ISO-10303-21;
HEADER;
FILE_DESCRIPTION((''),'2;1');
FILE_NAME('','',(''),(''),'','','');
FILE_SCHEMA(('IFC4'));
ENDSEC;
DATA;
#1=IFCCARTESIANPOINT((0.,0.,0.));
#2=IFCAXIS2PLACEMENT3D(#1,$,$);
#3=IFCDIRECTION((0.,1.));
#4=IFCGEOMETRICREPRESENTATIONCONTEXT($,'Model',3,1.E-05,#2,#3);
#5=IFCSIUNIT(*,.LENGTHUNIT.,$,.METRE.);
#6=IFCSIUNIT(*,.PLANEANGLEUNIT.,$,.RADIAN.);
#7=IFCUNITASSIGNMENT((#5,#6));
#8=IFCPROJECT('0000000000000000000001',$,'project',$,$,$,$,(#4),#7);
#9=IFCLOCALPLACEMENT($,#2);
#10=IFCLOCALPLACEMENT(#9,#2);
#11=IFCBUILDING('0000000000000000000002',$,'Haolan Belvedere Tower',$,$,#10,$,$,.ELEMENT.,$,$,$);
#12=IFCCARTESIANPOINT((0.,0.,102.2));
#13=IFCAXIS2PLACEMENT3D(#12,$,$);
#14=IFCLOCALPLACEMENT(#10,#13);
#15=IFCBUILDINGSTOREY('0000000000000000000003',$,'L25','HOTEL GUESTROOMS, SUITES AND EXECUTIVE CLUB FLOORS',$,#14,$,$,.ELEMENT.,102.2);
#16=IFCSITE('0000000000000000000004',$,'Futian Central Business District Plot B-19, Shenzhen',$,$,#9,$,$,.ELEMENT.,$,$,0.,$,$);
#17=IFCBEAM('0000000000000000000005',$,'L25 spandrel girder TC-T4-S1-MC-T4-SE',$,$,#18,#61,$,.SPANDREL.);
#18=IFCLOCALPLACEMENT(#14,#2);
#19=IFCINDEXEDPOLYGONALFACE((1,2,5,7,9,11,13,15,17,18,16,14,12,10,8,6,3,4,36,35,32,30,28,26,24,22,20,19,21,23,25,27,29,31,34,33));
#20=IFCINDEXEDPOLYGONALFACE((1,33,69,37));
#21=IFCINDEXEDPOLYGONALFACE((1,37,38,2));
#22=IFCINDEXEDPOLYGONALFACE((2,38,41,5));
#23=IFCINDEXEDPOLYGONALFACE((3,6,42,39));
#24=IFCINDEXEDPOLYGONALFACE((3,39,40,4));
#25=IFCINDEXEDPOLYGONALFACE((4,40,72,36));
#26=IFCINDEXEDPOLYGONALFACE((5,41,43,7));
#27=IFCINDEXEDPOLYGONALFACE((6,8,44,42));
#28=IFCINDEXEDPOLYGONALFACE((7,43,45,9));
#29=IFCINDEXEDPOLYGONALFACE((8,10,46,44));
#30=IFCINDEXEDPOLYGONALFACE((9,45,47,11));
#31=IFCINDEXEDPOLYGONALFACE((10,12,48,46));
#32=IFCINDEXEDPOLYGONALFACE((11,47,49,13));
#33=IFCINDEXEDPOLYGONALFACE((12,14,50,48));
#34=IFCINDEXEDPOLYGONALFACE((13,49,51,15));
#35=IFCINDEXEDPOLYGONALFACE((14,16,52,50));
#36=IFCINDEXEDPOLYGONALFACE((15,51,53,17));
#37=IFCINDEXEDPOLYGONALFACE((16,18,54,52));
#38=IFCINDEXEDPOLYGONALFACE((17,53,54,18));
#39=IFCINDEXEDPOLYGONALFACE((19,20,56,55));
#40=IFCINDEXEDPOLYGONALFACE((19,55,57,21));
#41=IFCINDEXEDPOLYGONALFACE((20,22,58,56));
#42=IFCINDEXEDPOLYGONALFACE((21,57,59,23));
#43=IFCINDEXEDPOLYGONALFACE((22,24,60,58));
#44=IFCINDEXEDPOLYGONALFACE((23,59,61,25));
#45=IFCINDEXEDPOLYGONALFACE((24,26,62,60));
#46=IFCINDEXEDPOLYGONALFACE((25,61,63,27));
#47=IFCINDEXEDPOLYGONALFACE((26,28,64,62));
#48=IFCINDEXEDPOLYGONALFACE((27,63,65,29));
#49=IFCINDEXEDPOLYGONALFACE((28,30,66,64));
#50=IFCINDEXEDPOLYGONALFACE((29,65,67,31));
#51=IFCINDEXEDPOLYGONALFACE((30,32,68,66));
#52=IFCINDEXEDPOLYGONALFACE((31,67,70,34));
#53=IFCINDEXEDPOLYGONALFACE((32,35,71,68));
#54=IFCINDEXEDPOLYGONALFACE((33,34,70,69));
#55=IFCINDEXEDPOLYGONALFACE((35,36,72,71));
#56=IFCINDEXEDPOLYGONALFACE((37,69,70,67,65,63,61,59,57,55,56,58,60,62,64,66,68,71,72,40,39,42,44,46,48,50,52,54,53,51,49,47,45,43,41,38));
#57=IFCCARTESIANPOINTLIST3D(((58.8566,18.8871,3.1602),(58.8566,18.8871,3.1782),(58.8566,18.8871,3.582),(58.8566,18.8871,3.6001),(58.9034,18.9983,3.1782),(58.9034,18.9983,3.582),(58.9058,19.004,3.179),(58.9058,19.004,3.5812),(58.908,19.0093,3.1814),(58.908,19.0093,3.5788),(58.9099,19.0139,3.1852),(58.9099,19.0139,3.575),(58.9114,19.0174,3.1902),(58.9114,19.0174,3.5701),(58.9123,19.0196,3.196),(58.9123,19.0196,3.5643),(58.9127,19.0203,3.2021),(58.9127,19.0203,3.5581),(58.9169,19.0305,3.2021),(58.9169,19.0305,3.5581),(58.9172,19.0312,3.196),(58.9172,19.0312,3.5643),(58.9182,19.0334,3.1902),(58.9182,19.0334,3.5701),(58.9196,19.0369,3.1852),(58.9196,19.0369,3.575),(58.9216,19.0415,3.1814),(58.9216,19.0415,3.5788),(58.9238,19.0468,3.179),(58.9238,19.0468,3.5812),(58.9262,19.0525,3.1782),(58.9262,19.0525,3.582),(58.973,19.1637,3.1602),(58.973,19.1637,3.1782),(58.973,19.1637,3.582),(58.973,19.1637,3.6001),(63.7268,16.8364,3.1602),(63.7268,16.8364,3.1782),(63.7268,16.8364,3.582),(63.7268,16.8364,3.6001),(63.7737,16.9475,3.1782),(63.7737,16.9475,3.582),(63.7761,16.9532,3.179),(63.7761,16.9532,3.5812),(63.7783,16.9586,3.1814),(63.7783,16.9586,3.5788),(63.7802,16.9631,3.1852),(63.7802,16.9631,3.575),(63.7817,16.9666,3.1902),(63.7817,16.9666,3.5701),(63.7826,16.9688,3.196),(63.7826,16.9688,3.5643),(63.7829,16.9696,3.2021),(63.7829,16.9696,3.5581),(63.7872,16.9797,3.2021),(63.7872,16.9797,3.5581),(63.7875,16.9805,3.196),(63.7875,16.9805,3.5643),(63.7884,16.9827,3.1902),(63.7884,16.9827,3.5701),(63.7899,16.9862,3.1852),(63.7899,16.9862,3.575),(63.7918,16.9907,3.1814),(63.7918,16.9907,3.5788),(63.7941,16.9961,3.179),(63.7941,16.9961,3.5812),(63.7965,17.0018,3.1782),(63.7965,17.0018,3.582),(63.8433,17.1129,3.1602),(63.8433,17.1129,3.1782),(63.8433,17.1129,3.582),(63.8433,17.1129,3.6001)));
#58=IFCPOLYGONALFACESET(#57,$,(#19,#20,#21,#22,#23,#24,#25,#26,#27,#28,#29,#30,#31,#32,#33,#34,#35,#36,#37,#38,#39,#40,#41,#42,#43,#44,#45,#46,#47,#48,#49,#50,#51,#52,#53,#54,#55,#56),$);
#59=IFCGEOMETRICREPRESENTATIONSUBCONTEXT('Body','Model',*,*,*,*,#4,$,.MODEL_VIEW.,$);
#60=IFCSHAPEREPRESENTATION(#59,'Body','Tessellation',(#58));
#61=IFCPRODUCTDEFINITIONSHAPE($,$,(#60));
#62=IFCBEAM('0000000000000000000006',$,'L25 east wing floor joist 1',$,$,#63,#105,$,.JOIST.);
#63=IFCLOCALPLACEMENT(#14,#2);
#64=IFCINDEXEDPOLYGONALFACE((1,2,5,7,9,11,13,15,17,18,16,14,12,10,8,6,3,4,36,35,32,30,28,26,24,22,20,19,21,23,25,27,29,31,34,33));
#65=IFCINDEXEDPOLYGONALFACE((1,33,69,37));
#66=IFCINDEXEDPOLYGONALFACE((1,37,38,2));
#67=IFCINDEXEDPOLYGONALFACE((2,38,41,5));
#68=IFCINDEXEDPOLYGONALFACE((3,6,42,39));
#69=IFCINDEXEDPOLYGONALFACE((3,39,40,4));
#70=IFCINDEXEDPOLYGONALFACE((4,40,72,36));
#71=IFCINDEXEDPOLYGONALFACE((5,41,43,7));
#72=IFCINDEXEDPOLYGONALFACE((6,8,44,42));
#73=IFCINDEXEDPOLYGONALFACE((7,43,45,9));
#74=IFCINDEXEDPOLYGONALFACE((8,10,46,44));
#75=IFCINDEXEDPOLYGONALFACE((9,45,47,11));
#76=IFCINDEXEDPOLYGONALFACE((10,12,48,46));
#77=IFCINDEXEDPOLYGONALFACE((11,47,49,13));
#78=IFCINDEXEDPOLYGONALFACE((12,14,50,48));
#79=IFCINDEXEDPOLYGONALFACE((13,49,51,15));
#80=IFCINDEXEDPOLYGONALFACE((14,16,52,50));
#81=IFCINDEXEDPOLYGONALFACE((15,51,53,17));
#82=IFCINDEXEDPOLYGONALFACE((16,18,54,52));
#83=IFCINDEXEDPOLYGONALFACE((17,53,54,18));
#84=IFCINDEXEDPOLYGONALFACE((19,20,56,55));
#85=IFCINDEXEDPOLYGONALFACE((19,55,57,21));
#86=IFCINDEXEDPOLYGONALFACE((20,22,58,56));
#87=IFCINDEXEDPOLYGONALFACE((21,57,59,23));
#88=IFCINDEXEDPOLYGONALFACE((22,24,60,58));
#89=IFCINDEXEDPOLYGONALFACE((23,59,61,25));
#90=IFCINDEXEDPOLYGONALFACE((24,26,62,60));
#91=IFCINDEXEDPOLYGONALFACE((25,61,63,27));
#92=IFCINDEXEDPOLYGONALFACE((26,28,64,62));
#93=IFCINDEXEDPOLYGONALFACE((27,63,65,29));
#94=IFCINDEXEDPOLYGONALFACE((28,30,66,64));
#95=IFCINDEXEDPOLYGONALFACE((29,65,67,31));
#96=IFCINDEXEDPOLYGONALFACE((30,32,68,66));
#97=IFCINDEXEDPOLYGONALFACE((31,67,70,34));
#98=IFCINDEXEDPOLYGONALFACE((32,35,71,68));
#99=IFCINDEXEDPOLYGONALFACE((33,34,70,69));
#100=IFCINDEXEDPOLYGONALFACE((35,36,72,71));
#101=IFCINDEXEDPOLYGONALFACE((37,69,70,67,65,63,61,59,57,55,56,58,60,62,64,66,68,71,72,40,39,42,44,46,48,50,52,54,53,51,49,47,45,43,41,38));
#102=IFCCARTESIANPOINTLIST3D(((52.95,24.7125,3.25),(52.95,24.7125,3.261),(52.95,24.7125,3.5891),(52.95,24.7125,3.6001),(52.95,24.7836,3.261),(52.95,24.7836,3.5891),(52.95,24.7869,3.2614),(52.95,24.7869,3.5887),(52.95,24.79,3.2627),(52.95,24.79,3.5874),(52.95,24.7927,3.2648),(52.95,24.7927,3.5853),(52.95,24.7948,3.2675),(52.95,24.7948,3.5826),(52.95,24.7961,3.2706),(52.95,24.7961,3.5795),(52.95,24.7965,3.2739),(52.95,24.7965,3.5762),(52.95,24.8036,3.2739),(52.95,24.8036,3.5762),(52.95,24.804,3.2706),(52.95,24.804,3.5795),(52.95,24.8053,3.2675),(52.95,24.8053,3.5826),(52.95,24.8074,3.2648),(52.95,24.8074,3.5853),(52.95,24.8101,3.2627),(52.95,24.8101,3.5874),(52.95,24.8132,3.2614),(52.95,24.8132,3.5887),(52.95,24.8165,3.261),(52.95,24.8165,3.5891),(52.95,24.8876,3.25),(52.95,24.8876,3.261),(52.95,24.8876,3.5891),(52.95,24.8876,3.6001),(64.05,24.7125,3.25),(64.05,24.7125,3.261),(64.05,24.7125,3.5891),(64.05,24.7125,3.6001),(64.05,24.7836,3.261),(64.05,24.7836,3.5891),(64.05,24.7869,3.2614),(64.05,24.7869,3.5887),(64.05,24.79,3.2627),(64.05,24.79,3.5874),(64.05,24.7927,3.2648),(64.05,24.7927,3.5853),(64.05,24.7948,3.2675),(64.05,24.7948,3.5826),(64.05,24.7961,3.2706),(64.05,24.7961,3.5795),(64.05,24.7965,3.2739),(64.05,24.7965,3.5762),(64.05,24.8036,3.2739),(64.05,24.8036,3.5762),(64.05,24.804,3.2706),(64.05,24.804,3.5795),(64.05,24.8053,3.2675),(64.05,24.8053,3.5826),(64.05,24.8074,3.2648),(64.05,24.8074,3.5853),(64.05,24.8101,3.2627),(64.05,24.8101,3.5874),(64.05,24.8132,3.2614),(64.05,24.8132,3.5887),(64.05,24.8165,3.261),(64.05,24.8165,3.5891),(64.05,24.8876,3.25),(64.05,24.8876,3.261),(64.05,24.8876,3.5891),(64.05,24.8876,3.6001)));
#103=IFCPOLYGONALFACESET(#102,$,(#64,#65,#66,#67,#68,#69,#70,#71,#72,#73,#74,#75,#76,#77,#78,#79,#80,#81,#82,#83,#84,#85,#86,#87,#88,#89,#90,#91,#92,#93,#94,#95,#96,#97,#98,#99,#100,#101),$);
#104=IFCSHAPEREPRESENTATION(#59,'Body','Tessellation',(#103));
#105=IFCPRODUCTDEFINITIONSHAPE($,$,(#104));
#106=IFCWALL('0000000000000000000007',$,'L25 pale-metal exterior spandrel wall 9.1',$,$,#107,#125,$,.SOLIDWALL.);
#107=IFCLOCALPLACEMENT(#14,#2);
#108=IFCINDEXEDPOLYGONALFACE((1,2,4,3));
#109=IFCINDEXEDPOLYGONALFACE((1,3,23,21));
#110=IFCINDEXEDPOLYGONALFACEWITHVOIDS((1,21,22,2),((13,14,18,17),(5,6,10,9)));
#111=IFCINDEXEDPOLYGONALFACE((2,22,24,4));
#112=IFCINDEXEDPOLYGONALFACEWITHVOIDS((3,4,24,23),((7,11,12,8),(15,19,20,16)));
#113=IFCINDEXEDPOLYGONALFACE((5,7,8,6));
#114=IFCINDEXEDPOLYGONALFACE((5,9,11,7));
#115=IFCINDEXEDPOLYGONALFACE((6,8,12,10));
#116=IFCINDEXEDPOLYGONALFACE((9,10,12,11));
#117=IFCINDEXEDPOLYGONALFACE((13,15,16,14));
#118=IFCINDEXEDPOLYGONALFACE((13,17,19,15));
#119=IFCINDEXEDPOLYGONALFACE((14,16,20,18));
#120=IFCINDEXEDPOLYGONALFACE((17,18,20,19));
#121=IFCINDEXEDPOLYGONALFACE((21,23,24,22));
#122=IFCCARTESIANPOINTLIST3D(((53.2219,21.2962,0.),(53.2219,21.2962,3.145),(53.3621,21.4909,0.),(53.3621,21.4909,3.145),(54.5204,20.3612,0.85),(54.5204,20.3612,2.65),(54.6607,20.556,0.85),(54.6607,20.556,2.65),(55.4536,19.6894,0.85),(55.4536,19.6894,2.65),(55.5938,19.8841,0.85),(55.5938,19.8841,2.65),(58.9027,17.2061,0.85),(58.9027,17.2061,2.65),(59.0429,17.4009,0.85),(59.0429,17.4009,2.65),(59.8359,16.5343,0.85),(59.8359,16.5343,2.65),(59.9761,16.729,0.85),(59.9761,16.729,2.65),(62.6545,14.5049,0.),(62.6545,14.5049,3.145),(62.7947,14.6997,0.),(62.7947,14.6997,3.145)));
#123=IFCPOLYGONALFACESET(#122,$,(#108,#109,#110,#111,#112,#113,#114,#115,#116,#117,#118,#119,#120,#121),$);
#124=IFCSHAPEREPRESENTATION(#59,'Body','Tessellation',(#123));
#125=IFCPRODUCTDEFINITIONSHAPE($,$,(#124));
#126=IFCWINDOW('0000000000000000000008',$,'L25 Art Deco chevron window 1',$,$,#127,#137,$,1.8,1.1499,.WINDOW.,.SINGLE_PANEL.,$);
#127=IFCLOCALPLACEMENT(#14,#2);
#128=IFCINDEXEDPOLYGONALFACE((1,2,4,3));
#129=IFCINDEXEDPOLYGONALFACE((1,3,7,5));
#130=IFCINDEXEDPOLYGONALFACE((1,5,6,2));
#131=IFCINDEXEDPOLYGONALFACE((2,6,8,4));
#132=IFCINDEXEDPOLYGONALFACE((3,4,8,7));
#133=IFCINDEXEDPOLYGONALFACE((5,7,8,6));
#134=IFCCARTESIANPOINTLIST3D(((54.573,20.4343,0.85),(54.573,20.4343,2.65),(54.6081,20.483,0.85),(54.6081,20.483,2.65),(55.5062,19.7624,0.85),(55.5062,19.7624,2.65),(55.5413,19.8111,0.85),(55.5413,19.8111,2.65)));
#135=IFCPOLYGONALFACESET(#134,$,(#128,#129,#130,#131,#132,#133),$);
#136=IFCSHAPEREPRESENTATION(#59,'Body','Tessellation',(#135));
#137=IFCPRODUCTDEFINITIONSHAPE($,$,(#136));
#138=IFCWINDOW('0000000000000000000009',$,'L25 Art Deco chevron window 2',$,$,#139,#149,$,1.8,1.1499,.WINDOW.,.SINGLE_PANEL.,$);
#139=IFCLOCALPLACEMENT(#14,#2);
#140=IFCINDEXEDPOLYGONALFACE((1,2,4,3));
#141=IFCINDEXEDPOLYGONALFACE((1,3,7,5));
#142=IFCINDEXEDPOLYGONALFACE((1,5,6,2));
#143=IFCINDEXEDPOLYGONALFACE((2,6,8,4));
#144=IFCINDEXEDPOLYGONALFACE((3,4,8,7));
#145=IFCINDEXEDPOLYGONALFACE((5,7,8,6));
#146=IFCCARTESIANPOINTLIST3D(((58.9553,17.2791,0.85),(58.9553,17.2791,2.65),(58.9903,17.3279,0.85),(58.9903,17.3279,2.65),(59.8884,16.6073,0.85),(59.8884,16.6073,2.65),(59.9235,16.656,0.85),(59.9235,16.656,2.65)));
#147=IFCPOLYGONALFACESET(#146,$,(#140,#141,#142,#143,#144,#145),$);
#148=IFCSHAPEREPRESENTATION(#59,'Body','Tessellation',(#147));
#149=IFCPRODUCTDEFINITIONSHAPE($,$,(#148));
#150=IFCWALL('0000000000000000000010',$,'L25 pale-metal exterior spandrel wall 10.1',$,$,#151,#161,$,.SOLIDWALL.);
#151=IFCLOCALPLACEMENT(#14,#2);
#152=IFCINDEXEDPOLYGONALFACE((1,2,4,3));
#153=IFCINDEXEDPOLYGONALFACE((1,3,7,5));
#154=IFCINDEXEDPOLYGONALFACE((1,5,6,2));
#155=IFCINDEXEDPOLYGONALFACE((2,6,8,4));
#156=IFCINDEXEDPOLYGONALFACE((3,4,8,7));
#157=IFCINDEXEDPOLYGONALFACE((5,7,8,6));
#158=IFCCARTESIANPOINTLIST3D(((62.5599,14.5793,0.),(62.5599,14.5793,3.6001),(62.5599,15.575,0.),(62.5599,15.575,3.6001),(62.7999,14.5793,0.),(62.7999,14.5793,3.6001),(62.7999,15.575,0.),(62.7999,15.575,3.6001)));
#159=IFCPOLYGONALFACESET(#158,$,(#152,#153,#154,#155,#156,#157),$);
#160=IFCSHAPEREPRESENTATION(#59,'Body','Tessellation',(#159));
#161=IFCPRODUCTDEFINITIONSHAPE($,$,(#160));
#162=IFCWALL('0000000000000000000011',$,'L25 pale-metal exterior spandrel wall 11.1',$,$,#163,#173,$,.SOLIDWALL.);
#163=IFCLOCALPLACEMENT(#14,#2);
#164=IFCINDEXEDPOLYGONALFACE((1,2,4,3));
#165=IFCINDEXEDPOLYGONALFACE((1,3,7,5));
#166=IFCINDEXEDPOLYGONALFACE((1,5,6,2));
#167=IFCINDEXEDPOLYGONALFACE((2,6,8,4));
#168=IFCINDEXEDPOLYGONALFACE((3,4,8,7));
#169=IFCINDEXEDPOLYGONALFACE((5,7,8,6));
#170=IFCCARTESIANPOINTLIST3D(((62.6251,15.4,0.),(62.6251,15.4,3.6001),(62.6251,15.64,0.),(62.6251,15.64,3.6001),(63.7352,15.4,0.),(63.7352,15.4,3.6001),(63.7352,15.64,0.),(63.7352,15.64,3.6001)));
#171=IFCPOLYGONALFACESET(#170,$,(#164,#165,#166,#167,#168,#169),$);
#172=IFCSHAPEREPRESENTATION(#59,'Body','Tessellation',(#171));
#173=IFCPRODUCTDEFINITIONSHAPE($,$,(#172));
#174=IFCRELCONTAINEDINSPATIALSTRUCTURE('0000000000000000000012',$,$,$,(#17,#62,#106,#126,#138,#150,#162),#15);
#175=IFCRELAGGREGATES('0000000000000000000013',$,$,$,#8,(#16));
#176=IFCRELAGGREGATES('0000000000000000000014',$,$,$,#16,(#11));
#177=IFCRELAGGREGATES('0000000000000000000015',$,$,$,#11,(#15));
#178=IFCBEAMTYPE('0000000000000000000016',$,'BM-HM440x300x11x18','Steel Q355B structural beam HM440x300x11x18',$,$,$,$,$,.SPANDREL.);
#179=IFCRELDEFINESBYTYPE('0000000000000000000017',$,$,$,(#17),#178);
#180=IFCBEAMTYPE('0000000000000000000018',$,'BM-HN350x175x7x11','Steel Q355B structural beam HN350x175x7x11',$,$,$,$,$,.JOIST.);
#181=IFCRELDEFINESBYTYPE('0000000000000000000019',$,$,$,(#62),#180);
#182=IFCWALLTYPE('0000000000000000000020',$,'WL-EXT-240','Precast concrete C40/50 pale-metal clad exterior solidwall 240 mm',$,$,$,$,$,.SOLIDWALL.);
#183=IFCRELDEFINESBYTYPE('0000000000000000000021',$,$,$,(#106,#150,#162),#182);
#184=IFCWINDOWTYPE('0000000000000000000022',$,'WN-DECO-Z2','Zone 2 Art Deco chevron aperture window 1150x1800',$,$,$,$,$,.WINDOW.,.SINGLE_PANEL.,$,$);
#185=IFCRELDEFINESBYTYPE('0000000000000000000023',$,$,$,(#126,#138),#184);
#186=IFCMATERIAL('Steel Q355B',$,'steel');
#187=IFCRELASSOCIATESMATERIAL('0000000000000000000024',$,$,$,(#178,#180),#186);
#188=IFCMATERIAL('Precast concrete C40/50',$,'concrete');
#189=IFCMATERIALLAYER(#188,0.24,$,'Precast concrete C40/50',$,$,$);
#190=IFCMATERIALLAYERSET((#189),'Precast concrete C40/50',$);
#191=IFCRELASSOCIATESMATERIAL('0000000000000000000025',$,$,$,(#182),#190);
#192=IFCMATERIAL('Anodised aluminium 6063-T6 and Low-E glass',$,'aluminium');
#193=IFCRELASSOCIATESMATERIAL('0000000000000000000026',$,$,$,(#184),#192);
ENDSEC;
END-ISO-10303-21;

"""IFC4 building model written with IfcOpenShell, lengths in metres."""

from ifc_helpers import new_model, si_unit, direction, frame, frame_2d, origin, origin_2d, place, context, subcontext, project, spatial, rectangle, i_section, extrude, material, layer, layer_set, material_profile, profile_set, type_object, element, fill, save


model = new_model("IFC4")

# Units and contexts
model_context = context("Model", 3, precision=1e-05, world=origin(), true_north=direction((0.0, 1.0)))
body_context = subcontext(model_context, "Body", "Model", "MODEL_VIEW")
ifc_project = project(units=[si_unit("LENGTHUNIT", "METRE"), si_unit("PLANEANGLEUNIT", "RADIAN")], contexts=[model_context])

# Site, building, storey
site_placement = place(None, origin())
site = spatial("IfcSite", under=ifc_project, at=site_placement, Name="Futian Central Business District Plot B-19, Shenzhen", CompositionType="ELEMENT", RefElevation=0.0)
building_placement = place(site_placement, origin())
building = spatial("IfcBuilding", under=site, at=building_placement, Name="Haolan Belvedere Tower", CompositionType="ELEMENT")
storey_placement = place(building_placement, frame((0.0, 0.0, 102.2)))
storey = spatial("IfcBuildingStorey", under=building, at=storey_placement, Name="L25", Description="HOTEL GUESTROOMS, SUITES AND EXECUTIVE CLUB FLOORS", CompositionType="ELEMENT", Elevation=102.2)

# Beams
ifc_material_1 = material(Name="Steel Q355B", Category="steel")
ifc_material_profile_1 = material_profile(ifc_material_1, i_section(OverallWidth=0.3, OverallDepth=0.4399, WebThickness=0.011, FlangeThickness=0.0181, FilletRadius=0.0239, at=origin_2d()), Name="Steel Q355B")
ifc_profile_set_1 = profile_set([ifc_material_profile_1], Name="Steel Q355B")
beam_type_1 = type_object("IfcBeamType", Name="BM-HM440x300x11x18", Description="Steel Q355B structural beam HM440x300x11x18", PredefinedType="SPANDREL", material=ifc_profile_set_1)
for number, where, z_axis, x_axis, name in (
    (1, (58.9148, 19.0254, 3.3801), (0.921628, -0.388074, 0.0), (0.388074, 0.921628, 0.0), "L25 spandrel girder TC-T4-S1-MC-T4-SE"),
):
    element("IfcBeam", number, at=place(storey_placement, frame(where, z_axis=z_axis, x_axis=x_axis)), inside=storey, type_object=beam_type_1, Name=name, PredefinedType="SPANDREL", context=body_context, shape_type="SweptSolid", body=[
        extrude(i_section(OverallWidth=0.3, OverallDepth=0.4399, WebThickness=0.011, FlangeThickness=0.0181, FilletRadius=0.0239, at=origin_2d()), origin(), (0.0, 0.0, 1.0), 5.2844),
    ])
ifc_material_profile_2 = material_profile(ifc_material_1, i_section(OverallWidth=0.175, OverallDepth=0.3501, WebThickness=0.0071, FlangeThickness=0.011, FilletRadius=0.0129, at=origin_2d()), Name="Steel Q355B")
ifc_profile_set_2 = profile_set([ifc_material_profile_2], Name="Steel Q355B")
beam_type_2 = type_object("IfcBeamType", Name="BM-HN350x175x7x11", Description="Steel Q355B structural beam HN350x175x7x11", PredefinedType="JOIST", material=ifc_profile_set_2)
beam_1_placement = place(storey_placement, frame((52.95, 24.8, 3.425), z_axis=(1.0, 0.0, 0.0), x_axis=(0.0, 1.0, 0.0)))
element("IfcBeam", 2, at=beam_1_placement, inside=storey, type_object=beam_type_2, Name="L25 east wing floor joist 1", PredefinedType="JOIST", context=body_context, shape_type="SweptSolid", body=[
    extrude(i_section(OverallWidth=0.175, OverallDepth=0.3501, WebThickness=0.0071, FlangeThickness=0.011, FilletRadius=0.0129, at=origin_2d()), origin(), (0.0, 0.0, 1.0), 11.1001),
])

# Wall, openings, windows
ifc_material_2 = material(Name="Precast concrete C40/50", Category="concrete")
ifc_layer_1 = layer(ifc_material_2, 0.24, Name="Precast concrete C40/50")
ifc_layer_set_1 = layer_set([ifc_layer_1], Name="Precast concrete C40/50")
wall_type_1 = type_object("IfcWallType", Name="WL-EXT-240", Description="Precast concrete C40/50 pale-metal clad exterior solidwall 240 mm", PredefinedType="SOLIDWALL", material=ifc_layer_set_1)
wall_1_placement = place(storey_placement, frame((53.292, 21.3936, 0.0), z_axis=(0.0, 0.0, 1.0), x_axis=(0.811544, -0.584292, 0.0)))
wall_1 = element("IfcWall", 3, at=wall_1_placement, inside=storey, type_object=wall_type_1, Name="L25 pale-metal exterior spandrel wall 9.1", PredefinedType="SOLIDWALL", context=body_context, shape_type="SweptSolid", body=[
    extrude(rectangle(XDim=11.623, YDim=0.24, at=frame_2d((5.8115, 0.0))), origin(), (0.0, 0.0, 1.0), 3.145),
])
opening_1_placement = place(wall_1_placement, frame((1.6001, 0.0, 0.8501)))
opening_1 = element("IfcOpeningElement", 4, at=opening_1_placement, cuts=wall_1, PredefinedType="OPENING", context=body_context, shape_type="SweptSolid", body=[
    extrude(rectangle(XDim=1.1499, YDim=1.8, at=frame_2d((0.575, 0.8999))), frame((0.0, 0.1299, 0.0), z_axis=(0.0, -1.0, 0.0), x_axis=(1.0, 0.0, 0.0)), (0.0, 0.0, 1.0), 0.26),
])
opening_2_placement = place(wall_1_placement, frame((7.0, 0.0, 0.8501)))
opening_2 = element("IfcOpeningElement", 5, at=opening_2_placement, cuts=wall_1, PredefinedType="OPENING", context=body_context, shape_type="SweptSolid", body=[
    extrude(rectangle(XDim=1.1499, YDim=1.8, at=frame_2d((0.575, 0.8999))), frame((0.0, 0.1299, 0.0), z_axis=(0.0, -1.0, 0.0), x_axis=(1.0, 0.0, 0.0)), (0.0, 0.0, 1.0), 0.26),
])
ifc_material_3 = material(Name="Anodised aluminium 6063-T6 and Low-E glass", Category="aluminium")
window_type = type_object("IfcWindowType", Name="WN-DECO-Z2", Description="Zone 2 Art Deco chevron aperture window 1150x1800", PartitioningType="SINGLE_PANEL", PredefinedType="WINDOW", material=ifc_material_3)
window_1_placement = place(opening_1_placement, origin())
window_1 = element("IfcWindow", 6, at=window_1_placement, inside=storey, type_object=window_type, Name="L25 Art Deco chevron window 1", OverallHeight=1.8, OverallWidth=1.1499, PartitioningType="SINGLE_PANEL", PredefinedType="WINDOW", context=body_context, shape_type="SweptSolid", body=[
    extrude(rectangle(XDim=1.1499, YDim=1.8, at=frame_2d((0.575, 0.8999))), frame((0.0, 0.03, 0.0), z_axis=(0.0, -1.0, 0.0), x_axis=(1.0, 0.0, 0.0)), (0.0, 0.0, 1.0), 0.0601),
])
fill(opening_1, window_1)
window_2_placement = place(opening_2_placement, origin())
window_2 = element("IfcWindow", 7, at=window_2_placement, inside=storey, type_object=window_type, Name="L25 Art Deco chevron window 2", OverallHeight=1.8, OverallWidth=1.1499, PartitioningType="SINGLE_PANEL", PredefinedType="WINDOW", context=body_context, shape_type="SweptSolid", body=[
    extrude(rectangle(XDim=1.1499, YDim=1.8, at=frame_2d((0.575, 0.8999))), frame((0.0, 0.03, 0.0), z_axis=(0.0, -1.0, 0.0), x_axis=(1.0, 0.0, 0.0)), (0.0, 0.0, 1.0), 0.0601),
])
fill(opening_2, window_2)

# Walls
wall_2_placement = place(storey_placement, frame((62.6799, 14.5793, 0.0), z_axis=(0.0, 0.0, 1.0), x_axis=(0.0, 1.0, 0.0)))
element("IfcWall", 8, at=wall_2_placement, inside=storey, type_object=wall_type_1, Name="L25 pale-metal exterior spandrel wall 10.1", PredefinedType="SOLIDWALL", context=body_context, shape_type="SweptSolid", body=[
    extrude(rectangle(XDim=0.9956, YDim=0.24, at=frame_2d((0.4978, 0.0))), origin(), (0.0, 0.0, 1.0), 3.6001),
])
wall_3_placement = place(storey_placement, frame((62.625, 15.52, 0.0), z_axis=(0.0, 0.0, 1.0), x_axis=(1.0, 0.0, 0.0)))
element("IfcWall", 9, at=wall_3_placement, inside=storey, type_object=wall_type_1, Name="L25 pale-metal exterior spandrel wall 11.1", PredefinedType="SOLIDWALL", context=body_context, shape_type="SweptSolid", body=[
    extrude(rectangle(XDim=1.1101, YDim=0.24, at=frame_2d((0.5552, 0.0))), origin(), (0.0, 0.0, 1.0), 3.6001),
])

save(model, "model.ifc")
